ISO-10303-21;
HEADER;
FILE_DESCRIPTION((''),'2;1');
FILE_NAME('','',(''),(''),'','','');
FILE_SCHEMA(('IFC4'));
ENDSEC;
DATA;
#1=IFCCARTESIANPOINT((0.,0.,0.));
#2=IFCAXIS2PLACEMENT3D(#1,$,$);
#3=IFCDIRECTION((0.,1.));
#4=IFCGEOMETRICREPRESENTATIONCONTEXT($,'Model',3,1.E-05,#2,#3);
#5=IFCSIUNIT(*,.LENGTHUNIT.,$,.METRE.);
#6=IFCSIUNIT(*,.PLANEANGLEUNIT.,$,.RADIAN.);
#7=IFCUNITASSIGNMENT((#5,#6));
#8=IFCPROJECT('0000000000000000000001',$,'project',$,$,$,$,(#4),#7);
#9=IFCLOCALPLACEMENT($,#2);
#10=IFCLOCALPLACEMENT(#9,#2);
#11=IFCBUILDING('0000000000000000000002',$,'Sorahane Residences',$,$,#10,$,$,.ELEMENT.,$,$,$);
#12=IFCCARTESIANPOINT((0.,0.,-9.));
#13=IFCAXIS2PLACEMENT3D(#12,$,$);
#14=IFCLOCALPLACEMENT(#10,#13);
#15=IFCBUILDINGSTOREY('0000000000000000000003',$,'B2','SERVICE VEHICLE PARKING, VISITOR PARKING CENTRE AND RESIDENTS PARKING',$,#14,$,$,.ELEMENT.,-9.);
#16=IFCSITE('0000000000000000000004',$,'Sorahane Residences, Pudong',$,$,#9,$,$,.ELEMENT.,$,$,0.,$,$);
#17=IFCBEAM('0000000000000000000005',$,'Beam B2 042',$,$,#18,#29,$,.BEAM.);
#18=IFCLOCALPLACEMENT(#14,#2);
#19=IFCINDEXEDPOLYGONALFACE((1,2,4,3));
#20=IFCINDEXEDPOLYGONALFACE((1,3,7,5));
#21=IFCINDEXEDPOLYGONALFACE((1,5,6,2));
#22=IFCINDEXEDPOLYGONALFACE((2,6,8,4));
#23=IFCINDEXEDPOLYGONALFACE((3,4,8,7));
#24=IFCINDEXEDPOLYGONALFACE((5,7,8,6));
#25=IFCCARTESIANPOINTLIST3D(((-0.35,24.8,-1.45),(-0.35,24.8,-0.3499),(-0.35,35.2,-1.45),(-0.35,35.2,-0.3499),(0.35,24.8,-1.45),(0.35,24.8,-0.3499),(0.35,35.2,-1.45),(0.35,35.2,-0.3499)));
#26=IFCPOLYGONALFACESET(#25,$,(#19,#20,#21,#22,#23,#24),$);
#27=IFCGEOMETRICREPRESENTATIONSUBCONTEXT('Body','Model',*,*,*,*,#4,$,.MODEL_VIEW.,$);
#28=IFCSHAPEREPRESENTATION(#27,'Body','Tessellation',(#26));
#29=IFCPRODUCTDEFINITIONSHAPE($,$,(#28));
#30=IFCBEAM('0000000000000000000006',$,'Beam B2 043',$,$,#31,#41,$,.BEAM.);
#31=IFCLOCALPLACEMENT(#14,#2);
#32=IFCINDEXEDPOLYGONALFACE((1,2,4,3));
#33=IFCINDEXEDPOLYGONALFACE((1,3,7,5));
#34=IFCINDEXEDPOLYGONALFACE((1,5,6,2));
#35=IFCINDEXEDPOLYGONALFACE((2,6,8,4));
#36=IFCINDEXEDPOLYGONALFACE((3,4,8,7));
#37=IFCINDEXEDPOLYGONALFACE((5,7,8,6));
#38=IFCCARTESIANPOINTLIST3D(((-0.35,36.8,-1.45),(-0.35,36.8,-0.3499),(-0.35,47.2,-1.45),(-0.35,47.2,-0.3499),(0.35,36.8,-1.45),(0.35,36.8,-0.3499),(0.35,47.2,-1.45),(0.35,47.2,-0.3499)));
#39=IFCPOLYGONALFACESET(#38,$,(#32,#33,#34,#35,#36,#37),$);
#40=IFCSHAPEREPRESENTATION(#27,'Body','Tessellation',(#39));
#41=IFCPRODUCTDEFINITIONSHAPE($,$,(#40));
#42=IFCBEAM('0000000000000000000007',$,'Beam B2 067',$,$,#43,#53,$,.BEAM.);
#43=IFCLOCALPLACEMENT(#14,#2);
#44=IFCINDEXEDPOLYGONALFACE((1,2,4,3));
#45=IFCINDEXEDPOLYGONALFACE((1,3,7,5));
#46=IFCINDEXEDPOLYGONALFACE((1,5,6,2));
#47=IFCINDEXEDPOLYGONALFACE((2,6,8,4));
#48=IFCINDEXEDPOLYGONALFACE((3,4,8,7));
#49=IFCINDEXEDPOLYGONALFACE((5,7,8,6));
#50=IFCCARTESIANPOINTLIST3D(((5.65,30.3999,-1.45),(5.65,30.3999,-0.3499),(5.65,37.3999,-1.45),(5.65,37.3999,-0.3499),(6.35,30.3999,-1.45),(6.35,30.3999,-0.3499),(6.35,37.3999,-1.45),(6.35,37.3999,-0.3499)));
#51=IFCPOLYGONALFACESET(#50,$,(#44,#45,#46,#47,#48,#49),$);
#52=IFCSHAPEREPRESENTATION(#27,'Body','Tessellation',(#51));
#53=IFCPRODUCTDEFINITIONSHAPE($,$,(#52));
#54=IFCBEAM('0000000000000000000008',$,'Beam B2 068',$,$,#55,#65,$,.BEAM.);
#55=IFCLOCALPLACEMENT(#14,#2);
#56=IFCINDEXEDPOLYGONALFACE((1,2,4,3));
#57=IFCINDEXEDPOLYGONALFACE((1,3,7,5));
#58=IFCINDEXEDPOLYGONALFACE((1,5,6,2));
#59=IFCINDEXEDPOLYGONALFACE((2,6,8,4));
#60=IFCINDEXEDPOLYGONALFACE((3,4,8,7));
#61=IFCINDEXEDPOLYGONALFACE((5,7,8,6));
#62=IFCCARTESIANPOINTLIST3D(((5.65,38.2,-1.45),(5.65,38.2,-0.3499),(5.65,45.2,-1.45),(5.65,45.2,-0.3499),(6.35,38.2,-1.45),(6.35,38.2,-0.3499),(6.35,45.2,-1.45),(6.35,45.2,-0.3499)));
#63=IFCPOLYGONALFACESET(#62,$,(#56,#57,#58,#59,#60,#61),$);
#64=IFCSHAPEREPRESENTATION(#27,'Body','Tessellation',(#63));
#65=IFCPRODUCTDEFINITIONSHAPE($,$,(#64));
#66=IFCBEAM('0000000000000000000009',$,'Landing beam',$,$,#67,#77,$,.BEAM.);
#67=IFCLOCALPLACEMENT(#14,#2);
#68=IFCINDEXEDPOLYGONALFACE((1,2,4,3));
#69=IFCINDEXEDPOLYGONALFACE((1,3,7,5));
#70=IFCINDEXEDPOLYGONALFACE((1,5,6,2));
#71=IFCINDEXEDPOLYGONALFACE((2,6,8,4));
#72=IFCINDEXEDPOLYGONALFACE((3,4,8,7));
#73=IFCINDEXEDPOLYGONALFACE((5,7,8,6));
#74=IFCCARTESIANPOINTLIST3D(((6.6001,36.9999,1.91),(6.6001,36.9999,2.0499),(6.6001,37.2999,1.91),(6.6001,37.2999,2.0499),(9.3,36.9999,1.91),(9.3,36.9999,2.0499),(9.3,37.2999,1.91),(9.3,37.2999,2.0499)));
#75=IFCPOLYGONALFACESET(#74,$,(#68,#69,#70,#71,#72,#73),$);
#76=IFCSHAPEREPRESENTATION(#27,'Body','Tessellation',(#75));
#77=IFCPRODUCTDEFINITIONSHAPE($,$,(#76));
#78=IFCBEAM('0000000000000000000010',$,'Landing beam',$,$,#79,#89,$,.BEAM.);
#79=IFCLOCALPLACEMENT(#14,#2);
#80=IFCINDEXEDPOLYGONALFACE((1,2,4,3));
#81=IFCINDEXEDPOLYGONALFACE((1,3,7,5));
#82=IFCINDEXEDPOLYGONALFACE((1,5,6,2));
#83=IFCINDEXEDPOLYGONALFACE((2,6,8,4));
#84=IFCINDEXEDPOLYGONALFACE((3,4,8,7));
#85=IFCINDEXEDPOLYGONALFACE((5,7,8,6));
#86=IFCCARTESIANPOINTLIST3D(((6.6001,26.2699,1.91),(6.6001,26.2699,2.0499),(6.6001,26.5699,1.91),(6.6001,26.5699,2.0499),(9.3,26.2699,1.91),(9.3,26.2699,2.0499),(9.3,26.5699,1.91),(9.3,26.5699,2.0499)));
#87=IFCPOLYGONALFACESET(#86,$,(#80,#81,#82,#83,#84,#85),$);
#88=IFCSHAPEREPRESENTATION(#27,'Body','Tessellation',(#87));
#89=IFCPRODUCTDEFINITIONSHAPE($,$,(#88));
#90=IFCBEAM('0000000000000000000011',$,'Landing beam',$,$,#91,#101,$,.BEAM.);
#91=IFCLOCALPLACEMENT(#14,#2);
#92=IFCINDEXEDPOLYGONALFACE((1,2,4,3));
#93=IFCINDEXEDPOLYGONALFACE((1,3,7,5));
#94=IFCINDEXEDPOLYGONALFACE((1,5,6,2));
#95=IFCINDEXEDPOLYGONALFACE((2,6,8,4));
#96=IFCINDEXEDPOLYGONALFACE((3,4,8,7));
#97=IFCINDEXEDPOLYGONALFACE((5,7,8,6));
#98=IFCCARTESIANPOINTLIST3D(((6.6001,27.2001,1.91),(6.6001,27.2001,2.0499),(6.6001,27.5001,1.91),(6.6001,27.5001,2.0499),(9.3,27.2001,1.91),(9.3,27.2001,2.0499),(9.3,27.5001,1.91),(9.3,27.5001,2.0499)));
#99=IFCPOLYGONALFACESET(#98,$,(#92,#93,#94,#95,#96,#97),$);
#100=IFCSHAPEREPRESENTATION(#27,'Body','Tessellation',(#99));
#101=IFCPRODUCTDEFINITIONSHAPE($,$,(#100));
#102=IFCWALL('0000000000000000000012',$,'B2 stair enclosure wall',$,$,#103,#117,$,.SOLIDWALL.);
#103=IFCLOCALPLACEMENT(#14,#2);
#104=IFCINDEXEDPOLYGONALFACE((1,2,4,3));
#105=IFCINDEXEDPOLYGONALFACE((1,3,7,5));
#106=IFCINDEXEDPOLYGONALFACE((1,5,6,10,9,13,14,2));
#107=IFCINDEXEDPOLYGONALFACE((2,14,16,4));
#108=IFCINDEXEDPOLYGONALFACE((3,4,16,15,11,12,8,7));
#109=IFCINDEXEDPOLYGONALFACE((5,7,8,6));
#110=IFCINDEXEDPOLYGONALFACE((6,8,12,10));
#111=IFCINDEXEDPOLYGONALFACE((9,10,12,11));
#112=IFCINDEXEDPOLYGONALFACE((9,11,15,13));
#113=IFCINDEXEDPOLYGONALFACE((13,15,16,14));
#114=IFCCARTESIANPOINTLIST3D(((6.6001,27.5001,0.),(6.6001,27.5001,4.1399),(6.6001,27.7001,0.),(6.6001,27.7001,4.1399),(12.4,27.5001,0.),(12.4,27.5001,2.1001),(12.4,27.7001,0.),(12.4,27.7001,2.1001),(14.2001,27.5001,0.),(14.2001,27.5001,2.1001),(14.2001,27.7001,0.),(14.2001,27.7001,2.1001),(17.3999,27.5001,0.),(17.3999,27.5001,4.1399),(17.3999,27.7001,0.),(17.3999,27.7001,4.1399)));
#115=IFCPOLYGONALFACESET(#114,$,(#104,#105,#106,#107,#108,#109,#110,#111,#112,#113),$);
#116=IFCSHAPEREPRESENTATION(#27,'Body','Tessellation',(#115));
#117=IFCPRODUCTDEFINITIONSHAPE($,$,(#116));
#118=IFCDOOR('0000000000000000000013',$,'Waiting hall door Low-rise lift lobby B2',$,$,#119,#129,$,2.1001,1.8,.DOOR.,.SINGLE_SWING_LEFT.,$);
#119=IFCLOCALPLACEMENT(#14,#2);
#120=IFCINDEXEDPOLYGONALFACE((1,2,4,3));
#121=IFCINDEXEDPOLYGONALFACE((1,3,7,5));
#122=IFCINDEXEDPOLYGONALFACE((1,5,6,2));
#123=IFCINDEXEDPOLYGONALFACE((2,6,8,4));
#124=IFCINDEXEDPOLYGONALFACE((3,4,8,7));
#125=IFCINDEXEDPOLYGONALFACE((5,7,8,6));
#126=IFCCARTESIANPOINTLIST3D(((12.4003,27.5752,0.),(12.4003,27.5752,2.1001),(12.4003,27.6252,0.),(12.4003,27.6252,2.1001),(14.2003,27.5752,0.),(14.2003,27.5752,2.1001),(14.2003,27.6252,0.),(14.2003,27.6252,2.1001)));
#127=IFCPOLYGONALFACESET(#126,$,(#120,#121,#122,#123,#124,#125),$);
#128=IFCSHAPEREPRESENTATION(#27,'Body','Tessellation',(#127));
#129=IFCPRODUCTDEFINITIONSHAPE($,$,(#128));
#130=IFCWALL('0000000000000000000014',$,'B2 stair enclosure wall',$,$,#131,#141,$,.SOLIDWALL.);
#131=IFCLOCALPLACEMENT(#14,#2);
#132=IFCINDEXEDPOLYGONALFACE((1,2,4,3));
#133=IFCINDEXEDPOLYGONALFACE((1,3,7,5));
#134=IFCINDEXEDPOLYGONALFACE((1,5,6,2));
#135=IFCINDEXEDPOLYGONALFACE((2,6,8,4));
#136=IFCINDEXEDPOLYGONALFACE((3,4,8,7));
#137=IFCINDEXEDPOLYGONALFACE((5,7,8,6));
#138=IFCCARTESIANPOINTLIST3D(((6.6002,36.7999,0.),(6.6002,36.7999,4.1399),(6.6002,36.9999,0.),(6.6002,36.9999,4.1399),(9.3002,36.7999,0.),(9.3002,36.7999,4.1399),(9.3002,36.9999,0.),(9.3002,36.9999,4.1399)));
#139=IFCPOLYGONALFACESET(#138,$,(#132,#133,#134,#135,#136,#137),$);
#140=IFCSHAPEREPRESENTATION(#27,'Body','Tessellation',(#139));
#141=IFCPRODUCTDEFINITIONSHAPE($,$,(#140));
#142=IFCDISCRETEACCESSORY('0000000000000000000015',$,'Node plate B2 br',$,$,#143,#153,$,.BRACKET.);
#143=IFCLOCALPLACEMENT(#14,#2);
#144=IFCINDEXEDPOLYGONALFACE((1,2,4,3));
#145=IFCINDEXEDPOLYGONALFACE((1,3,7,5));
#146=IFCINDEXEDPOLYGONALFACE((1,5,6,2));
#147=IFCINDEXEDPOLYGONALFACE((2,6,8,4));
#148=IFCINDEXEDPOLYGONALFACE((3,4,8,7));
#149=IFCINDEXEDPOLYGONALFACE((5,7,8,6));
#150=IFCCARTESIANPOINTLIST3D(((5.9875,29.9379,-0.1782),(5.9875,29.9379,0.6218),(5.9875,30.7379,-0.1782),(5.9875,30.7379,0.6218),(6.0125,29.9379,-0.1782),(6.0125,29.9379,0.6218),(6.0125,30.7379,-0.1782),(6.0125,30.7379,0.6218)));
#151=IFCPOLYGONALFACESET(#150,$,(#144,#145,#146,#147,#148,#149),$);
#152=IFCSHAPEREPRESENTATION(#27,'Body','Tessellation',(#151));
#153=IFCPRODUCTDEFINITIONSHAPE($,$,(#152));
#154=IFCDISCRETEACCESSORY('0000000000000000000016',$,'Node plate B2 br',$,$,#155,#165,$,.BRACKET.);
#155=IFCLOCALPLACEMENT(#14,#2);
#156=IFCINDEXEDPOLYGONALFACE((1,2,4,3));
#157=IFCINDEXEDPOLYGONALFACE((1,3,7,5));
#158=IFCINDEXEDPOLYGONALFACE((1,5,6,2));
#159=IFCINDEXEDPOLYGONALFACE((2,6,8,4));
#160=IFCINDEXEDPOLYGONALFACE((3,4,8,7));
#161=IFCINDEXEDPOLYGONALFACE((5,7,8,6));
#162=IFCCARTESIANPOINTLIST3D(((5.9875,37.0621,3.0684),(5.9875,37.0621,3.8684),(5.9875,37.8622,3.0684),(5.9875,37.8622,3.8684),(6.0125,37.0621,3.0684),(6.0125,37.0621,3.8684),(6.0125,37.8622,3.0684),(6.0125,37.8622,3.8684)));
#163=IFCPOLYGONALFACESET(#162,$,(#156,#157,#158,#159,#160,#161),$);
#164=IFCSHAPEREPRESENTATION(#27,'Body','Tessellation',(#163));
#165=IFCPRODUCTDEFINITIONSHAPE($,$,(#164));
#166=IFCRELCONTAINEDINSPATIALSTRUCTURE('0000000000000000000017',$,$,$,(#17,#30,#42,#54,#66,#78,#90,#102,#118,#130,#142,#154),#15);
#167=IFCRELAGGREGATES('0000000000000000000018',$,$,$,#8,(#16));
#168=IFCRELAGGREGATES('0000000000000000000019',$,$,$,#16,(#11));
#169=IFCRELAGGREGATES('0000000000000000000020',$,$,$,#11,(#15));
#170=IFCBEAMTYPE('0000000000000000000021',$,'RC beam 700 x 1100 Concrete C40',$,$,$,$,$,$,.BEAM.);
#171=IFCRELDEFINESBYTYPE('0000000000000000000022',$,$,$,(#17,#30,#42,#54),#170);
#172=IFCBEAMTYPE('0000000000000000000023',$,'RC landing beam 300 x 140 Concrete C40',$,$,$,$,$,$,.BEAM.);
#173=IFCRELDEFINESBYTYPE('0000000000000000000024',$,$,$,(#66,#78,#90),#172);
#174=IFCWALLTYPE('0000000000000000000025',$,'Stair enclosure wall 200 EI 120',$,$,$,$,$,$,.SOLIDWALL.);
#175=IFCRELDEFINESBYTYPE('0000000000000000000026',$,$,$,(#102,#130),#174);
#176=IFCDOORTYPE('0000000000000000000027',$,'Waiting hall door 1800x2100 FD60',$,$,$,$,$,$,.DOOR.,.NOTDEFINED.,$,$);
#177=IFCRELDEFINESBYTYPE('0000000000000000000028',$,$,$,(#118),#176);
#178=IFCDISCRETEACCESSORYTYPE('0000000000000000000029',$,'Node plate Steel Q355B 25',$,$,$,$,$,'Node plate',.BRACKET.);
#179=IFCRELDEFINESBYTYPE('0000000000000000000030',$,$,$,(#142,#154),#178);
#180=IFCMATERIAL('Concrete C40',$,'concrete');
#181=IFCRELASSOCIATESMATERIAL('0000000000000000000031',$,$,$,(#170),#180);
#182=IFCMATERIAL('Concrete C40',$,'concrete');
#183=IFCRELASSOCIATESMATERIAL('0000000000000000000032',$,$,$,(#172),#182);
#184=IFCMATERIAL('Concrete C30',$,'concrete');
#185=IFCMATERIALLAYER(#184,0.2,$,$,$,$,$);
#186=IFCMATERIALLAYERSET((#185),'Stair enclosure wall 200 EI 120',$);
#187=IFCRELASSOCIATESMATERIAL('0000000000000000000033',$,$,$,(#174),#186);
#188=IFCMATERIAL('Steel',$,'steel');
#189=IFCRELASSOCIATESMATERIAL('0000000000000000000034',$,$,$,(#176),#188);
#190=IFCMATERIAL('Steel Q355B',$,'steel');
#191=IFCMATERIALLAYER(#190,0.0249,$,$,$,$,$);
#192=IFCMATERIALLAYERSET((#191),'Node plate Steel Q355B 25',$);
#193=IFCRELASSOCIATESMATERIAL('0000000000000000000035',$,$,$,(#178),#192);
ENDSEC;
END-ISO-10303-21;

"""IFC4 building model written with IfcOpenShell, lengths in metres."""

from ifc_helpers import new_model, si_unit, direction, frame, frame_2d, origin, origin_2d, place, context, subcontext, project, spatial, rectangle, extrude, material, layer, layer_set, material_profile, profile_set, type_object, element, fill, save


model = new_model("IFC4")

# Units and contexts
model_context = context("Model", 3, precision=1e-05, world=origin(), true_north=direction((0.0, 1.0)))
body_context = subcontext(model_context, "Body", "Model", "MODEL_VIEW")
ifc_project = project(units=[si_unit("LENGTHUNIT", "METRE"), si_unit("PLANEANGLEUNIT", "RADIAN")], contexts=[model_context])

# Site, building, storey
site_placement = place(None, origin())
site = spatial("IfcSite", under=ifc_project, at=site_placement, Name="Sorahane Residences, Pudong", CompositionType="ELEMENT", RefElevation=0.0)
building_placement = place(site_placement, origin())
building = spatial("IfcBuilding", under=site, at=building_placement, Name="Sorahane Residences", CompositionType="ELEMENT")
storey_placement = place(building_placement, frame((0.0, 0.0, -9.0)))
storey = spatial("IfcBuildingStorey", under=building, at=storey_placement, Name="B2", Description="SERVICE VEHICLE PARKING, VISITOR PARKING CENTRE AND RESIDENTS PARKING", CompositionType="ELEMENT", Elevation=-9.0)

# Beams
ifc_material_1 = material(Name="Concrete C40", Category="concrete")
ifc_material_profile_1 = material_profile(ifc_material_1, rectangle(XDim=0.7, YDim=1.1001, at=origin_2d()), Name="700x1100")
ifc_profile_set_1 = profile_set([ifc_material_profile_1], Name="Concrete C40")
beam_type_1 = type_object("IfcBeamType", Name="RC beam 700 x 1100 Concrete C40", PredefinedType="BEAM", material=ifc_profile_set_1)
for number, where, z_axis, x_axis, name in (
    (1, (0.0, 24.8, -0.8999), (0.0, 1.0, 0.0), (-1.0, 0.0, 0.0), "Beam B2 042"),
    (2, (0.0, 36.8, -0.8999), (0.0, 1.0, 0.0), (-1.0, 0.0, 0.0), "Beam B2 043"),
):
    element("IfcBeam", number, at=place(storey_placement, frame(where, z_axis=z_axis, x_axis=x_axis)), inside=storey, type_object=beam_type_1, Name=name, PredefinedType="BEAM", context=body_context, shape_type="SweptSolid", body=[
        extrude(rectangle(XDim=0.7, YDim=1.1001, at=origin_2d()), origin(), (0.0, 0.0, 1.0), 10.3999),
    ])
for number, where, z_axis, x_axis, name in (
    (3, (6.0, 30.3999, -0.8999), (0.0, 1.0, 0.0), (-1.0, 0.0, 0.0), "Beam B2 067"),
    (4, (6.0, 38.2, -0.8999), (0.0, 1.0, 0.0), (-1.0, 0.0, 0.0), "Beam B2 068"),
):
    element("IfcBeam", number, at=place(storey_placement, frame(where, z_axis=z_axis, x_axis=x_axis)), inside=storey, type_object=beam_type_1, Name=name, PredefinedType="BEAM", context=body_context, shape_type="SweptSolid", body=[
        extrude(rectangle(XDim=0.7, YDim=1.1001, at=origin_2d()), origin(), (0.0, 0.0, 1.0), 7.0),
    ])
ifc_material_2 = material(Name="Concrete C40", Category="concrete")
ifc_material_profile_2 = material_profile(ifc_material_2, rectangle(XDim=0.3, YDim=0.1399, at=origin_2d()), Name="300x140")
ifc_profile_set_2 = profile_set([ifc_material_profile_2], Name="Concrete C40")
beam_type_2 = type_object("IfcBeamType", Name="RC landing beam 300 x 140 Concrete C40", PredefinedType="BEAM", material=ifc_profile_set_2)
for number, where, z_axis, x_axis, name in (
    (5, (6.6001, 37.1499, 1.98), (1.0, 0.0, 0.0), (0.0, 1.0, 0.0), "Landing beam"),
    (6, (6.6001, 26.4199, 1.98), (1.0, 0.0, 0.0), (0.0, 1.0, 0.0), "Landing beam"),
    (7, (6.6001, 27.3501, 1.98), (1.0, 0.0, 0.0), (0.0, 1.0, 0.0), "Landing beam"),
):
    element("IfcBeam", number, at=place(storey_placement, frame(where, z_axis=z_axis, x_axis=x_axis)), inside=storey, type_object=beam_type_2, Name=name, PredefinedType="BEAM", context=body_context, shape_type="SweptSolid", body=[
        extrude(rectangle(XDim=0.3, YDim=0.1399, at=origin_2d()), origin(), (0.0, 0.0, 1.0), 2.7),
    ])

# Wall, opening, door
ifc_material_3 = material(Name="Concrete C30", Category="concrete")
ifc_layer_1 = layer(ifc_material_3, 0.2)
ifc_layer_set_1 = layer_set([ifc_layer_1], Name="Stair enclosure wall 200 EI 120")
wall_type = type_object("IfcWallType", Name="Stair enclosure wall 200 EI 120", PredefinedType="SOLIDWALL", material=ifc_layer_set_1)
wall_1_placement = place(storey_placement, frame((6.6001, 27.6001, 0.0), z_axis=(0.0, 0.0, 1.0), x_axis=(1.0, 0.0, 0.0)))
wall_1 = element("IfcWall", 8, at=wall_1_placement, inside=storey, type_object=wall_type, Name="B2 stair enclosure wall", PredefinedType="SOLIDWALL", context=body_context, shape_type="SweptSolid", body=[
    extrude(rectangle(XDim=10.7998, YDim=0.2, at=frame_2d((5.3999, 0.0))), origin(), (0.0, 0.0, 1.0), 4.1399),
])
opening_placement = place(wall_1_placement, frame((5.8, 0.0, 0.0)))
opening = element("IfcOpeningElement", 9, at=opening_placement, cuts=wall_1, PredefinedType="OPENING", context=body_context, shape_type="SweptSolid", body=[
    extrude(rectangle(XDim=1.8, YDim=2.1001, at=frame_2d((0.8999, 1.05))), frame((0.0, 0.1099, 0.0), z_axis=(0.0, -1.0, 0.0), x_axis=(1.0, 0.0, 0.0)), (0.0, 0.0, 1.0), 0.22),
])
ifc_material_4 = material(Name="Steel", Category="steel")
door_type = type_object("IfcDoorType", Name="Waiting hall door 1800x2100 FD60", OperationType="NOTDEFINED", PredefinedType="DOOR", material=ifc_material_4)
door_placement = place(opening_placement, frame((1.8, 0.0, 0.0), z_axis=(0.0, 0.0, 1.0), x_axis=(-1.0, 0.0, 0.0)))
door = element("IfcDoor", 10, at=door_placement, inside=storey, type_object=door_type, Name="Waiting hall door Low-rise lift lobby B2", OperationType="SINGLE_SWING_LEFT", OverallHeight=2.1001, OverallWidth=1.8, PredefinedType="DOOR", context=body_context, shape_type="SweptSolid", body=[
    extrude(rectangle(XDim=1.8, YDim=2.1001, at=frame_2d((0.8999, 1.05))), frame((0.0, 0.0249, 0.0), z_axis=(0.0, -1.0, 0.0), x_axis=(1.0, 0.0, 0.0)), (0.0, 0.0, 1.0), 0.05),
])
fill(opening, door)

# Wall
wall_2_placement = place(storey_placement, frame((6.6001, 36.8999, 0.0), z_axis=(0.0, 0.0, 1.0), x_axis=(1.0, 0.0, 0.0)))
element("IfcWall", 11, at=wall_2_placement, inside=storey, type_object=wall_type, Name="B2 stair enclosure wall", PredefinedType="SOLIDWALL", context=body_context, shape_type="SweptSolid", body=[
    extrude(rectangle(XDim=2.7, YDim=0.2, at=frame_2d((1.3501, 0.0))), origin(), (0.0, 0.0, 1.0), 4.1399),
])

# Discrete accessories
ifc_material_5 = material(Name="Steel Q355B", Category="steel")
ifc_layer_2 = layer(ifc_material_5, 0.0249)
ifc_layer_set_2 = layer_set([ifc_layer_2], Name="Node plate Steel Q355B 25")
discrete_accessory_type = type_object("IfcDiscreteAccessoryType", Name="Node plate Steel Q355B 25", ElementType="Node plate", PredefinedType="BRACKET", material=ifc_layer_set_2)
for number, where, z_axis, x_axis, name in (
    (12, (6.0, 30.3379, -0.1782), (0.0, 0.0, 1.0), (0.0, 1.0, 0.0), "Node plate B2 br"),
    (13, (6.0, 37.4622, 3.0684), (0.0, 0.0, 1.0), (0.0, 1.0, 0.0), "Node plate B2 br"),
):
    element("IfcDiscreteAccessory", number, at=place(storey_placement, frame(where, z_axis=z_axis, x_axis=x_axis)), inside=storey, type_object=discrete_accessory_type, Name=name, PredefinedType="BRACKET", context=body_context, shape_type="SweptSolid", body=[
        extrude(rectangle(XDim=0.8, YDim=0.0249, at=origin_2d()), origin(), (0.0, 0.0, 1.0), 0.8),
    ])

save(model, "model.ifc")
